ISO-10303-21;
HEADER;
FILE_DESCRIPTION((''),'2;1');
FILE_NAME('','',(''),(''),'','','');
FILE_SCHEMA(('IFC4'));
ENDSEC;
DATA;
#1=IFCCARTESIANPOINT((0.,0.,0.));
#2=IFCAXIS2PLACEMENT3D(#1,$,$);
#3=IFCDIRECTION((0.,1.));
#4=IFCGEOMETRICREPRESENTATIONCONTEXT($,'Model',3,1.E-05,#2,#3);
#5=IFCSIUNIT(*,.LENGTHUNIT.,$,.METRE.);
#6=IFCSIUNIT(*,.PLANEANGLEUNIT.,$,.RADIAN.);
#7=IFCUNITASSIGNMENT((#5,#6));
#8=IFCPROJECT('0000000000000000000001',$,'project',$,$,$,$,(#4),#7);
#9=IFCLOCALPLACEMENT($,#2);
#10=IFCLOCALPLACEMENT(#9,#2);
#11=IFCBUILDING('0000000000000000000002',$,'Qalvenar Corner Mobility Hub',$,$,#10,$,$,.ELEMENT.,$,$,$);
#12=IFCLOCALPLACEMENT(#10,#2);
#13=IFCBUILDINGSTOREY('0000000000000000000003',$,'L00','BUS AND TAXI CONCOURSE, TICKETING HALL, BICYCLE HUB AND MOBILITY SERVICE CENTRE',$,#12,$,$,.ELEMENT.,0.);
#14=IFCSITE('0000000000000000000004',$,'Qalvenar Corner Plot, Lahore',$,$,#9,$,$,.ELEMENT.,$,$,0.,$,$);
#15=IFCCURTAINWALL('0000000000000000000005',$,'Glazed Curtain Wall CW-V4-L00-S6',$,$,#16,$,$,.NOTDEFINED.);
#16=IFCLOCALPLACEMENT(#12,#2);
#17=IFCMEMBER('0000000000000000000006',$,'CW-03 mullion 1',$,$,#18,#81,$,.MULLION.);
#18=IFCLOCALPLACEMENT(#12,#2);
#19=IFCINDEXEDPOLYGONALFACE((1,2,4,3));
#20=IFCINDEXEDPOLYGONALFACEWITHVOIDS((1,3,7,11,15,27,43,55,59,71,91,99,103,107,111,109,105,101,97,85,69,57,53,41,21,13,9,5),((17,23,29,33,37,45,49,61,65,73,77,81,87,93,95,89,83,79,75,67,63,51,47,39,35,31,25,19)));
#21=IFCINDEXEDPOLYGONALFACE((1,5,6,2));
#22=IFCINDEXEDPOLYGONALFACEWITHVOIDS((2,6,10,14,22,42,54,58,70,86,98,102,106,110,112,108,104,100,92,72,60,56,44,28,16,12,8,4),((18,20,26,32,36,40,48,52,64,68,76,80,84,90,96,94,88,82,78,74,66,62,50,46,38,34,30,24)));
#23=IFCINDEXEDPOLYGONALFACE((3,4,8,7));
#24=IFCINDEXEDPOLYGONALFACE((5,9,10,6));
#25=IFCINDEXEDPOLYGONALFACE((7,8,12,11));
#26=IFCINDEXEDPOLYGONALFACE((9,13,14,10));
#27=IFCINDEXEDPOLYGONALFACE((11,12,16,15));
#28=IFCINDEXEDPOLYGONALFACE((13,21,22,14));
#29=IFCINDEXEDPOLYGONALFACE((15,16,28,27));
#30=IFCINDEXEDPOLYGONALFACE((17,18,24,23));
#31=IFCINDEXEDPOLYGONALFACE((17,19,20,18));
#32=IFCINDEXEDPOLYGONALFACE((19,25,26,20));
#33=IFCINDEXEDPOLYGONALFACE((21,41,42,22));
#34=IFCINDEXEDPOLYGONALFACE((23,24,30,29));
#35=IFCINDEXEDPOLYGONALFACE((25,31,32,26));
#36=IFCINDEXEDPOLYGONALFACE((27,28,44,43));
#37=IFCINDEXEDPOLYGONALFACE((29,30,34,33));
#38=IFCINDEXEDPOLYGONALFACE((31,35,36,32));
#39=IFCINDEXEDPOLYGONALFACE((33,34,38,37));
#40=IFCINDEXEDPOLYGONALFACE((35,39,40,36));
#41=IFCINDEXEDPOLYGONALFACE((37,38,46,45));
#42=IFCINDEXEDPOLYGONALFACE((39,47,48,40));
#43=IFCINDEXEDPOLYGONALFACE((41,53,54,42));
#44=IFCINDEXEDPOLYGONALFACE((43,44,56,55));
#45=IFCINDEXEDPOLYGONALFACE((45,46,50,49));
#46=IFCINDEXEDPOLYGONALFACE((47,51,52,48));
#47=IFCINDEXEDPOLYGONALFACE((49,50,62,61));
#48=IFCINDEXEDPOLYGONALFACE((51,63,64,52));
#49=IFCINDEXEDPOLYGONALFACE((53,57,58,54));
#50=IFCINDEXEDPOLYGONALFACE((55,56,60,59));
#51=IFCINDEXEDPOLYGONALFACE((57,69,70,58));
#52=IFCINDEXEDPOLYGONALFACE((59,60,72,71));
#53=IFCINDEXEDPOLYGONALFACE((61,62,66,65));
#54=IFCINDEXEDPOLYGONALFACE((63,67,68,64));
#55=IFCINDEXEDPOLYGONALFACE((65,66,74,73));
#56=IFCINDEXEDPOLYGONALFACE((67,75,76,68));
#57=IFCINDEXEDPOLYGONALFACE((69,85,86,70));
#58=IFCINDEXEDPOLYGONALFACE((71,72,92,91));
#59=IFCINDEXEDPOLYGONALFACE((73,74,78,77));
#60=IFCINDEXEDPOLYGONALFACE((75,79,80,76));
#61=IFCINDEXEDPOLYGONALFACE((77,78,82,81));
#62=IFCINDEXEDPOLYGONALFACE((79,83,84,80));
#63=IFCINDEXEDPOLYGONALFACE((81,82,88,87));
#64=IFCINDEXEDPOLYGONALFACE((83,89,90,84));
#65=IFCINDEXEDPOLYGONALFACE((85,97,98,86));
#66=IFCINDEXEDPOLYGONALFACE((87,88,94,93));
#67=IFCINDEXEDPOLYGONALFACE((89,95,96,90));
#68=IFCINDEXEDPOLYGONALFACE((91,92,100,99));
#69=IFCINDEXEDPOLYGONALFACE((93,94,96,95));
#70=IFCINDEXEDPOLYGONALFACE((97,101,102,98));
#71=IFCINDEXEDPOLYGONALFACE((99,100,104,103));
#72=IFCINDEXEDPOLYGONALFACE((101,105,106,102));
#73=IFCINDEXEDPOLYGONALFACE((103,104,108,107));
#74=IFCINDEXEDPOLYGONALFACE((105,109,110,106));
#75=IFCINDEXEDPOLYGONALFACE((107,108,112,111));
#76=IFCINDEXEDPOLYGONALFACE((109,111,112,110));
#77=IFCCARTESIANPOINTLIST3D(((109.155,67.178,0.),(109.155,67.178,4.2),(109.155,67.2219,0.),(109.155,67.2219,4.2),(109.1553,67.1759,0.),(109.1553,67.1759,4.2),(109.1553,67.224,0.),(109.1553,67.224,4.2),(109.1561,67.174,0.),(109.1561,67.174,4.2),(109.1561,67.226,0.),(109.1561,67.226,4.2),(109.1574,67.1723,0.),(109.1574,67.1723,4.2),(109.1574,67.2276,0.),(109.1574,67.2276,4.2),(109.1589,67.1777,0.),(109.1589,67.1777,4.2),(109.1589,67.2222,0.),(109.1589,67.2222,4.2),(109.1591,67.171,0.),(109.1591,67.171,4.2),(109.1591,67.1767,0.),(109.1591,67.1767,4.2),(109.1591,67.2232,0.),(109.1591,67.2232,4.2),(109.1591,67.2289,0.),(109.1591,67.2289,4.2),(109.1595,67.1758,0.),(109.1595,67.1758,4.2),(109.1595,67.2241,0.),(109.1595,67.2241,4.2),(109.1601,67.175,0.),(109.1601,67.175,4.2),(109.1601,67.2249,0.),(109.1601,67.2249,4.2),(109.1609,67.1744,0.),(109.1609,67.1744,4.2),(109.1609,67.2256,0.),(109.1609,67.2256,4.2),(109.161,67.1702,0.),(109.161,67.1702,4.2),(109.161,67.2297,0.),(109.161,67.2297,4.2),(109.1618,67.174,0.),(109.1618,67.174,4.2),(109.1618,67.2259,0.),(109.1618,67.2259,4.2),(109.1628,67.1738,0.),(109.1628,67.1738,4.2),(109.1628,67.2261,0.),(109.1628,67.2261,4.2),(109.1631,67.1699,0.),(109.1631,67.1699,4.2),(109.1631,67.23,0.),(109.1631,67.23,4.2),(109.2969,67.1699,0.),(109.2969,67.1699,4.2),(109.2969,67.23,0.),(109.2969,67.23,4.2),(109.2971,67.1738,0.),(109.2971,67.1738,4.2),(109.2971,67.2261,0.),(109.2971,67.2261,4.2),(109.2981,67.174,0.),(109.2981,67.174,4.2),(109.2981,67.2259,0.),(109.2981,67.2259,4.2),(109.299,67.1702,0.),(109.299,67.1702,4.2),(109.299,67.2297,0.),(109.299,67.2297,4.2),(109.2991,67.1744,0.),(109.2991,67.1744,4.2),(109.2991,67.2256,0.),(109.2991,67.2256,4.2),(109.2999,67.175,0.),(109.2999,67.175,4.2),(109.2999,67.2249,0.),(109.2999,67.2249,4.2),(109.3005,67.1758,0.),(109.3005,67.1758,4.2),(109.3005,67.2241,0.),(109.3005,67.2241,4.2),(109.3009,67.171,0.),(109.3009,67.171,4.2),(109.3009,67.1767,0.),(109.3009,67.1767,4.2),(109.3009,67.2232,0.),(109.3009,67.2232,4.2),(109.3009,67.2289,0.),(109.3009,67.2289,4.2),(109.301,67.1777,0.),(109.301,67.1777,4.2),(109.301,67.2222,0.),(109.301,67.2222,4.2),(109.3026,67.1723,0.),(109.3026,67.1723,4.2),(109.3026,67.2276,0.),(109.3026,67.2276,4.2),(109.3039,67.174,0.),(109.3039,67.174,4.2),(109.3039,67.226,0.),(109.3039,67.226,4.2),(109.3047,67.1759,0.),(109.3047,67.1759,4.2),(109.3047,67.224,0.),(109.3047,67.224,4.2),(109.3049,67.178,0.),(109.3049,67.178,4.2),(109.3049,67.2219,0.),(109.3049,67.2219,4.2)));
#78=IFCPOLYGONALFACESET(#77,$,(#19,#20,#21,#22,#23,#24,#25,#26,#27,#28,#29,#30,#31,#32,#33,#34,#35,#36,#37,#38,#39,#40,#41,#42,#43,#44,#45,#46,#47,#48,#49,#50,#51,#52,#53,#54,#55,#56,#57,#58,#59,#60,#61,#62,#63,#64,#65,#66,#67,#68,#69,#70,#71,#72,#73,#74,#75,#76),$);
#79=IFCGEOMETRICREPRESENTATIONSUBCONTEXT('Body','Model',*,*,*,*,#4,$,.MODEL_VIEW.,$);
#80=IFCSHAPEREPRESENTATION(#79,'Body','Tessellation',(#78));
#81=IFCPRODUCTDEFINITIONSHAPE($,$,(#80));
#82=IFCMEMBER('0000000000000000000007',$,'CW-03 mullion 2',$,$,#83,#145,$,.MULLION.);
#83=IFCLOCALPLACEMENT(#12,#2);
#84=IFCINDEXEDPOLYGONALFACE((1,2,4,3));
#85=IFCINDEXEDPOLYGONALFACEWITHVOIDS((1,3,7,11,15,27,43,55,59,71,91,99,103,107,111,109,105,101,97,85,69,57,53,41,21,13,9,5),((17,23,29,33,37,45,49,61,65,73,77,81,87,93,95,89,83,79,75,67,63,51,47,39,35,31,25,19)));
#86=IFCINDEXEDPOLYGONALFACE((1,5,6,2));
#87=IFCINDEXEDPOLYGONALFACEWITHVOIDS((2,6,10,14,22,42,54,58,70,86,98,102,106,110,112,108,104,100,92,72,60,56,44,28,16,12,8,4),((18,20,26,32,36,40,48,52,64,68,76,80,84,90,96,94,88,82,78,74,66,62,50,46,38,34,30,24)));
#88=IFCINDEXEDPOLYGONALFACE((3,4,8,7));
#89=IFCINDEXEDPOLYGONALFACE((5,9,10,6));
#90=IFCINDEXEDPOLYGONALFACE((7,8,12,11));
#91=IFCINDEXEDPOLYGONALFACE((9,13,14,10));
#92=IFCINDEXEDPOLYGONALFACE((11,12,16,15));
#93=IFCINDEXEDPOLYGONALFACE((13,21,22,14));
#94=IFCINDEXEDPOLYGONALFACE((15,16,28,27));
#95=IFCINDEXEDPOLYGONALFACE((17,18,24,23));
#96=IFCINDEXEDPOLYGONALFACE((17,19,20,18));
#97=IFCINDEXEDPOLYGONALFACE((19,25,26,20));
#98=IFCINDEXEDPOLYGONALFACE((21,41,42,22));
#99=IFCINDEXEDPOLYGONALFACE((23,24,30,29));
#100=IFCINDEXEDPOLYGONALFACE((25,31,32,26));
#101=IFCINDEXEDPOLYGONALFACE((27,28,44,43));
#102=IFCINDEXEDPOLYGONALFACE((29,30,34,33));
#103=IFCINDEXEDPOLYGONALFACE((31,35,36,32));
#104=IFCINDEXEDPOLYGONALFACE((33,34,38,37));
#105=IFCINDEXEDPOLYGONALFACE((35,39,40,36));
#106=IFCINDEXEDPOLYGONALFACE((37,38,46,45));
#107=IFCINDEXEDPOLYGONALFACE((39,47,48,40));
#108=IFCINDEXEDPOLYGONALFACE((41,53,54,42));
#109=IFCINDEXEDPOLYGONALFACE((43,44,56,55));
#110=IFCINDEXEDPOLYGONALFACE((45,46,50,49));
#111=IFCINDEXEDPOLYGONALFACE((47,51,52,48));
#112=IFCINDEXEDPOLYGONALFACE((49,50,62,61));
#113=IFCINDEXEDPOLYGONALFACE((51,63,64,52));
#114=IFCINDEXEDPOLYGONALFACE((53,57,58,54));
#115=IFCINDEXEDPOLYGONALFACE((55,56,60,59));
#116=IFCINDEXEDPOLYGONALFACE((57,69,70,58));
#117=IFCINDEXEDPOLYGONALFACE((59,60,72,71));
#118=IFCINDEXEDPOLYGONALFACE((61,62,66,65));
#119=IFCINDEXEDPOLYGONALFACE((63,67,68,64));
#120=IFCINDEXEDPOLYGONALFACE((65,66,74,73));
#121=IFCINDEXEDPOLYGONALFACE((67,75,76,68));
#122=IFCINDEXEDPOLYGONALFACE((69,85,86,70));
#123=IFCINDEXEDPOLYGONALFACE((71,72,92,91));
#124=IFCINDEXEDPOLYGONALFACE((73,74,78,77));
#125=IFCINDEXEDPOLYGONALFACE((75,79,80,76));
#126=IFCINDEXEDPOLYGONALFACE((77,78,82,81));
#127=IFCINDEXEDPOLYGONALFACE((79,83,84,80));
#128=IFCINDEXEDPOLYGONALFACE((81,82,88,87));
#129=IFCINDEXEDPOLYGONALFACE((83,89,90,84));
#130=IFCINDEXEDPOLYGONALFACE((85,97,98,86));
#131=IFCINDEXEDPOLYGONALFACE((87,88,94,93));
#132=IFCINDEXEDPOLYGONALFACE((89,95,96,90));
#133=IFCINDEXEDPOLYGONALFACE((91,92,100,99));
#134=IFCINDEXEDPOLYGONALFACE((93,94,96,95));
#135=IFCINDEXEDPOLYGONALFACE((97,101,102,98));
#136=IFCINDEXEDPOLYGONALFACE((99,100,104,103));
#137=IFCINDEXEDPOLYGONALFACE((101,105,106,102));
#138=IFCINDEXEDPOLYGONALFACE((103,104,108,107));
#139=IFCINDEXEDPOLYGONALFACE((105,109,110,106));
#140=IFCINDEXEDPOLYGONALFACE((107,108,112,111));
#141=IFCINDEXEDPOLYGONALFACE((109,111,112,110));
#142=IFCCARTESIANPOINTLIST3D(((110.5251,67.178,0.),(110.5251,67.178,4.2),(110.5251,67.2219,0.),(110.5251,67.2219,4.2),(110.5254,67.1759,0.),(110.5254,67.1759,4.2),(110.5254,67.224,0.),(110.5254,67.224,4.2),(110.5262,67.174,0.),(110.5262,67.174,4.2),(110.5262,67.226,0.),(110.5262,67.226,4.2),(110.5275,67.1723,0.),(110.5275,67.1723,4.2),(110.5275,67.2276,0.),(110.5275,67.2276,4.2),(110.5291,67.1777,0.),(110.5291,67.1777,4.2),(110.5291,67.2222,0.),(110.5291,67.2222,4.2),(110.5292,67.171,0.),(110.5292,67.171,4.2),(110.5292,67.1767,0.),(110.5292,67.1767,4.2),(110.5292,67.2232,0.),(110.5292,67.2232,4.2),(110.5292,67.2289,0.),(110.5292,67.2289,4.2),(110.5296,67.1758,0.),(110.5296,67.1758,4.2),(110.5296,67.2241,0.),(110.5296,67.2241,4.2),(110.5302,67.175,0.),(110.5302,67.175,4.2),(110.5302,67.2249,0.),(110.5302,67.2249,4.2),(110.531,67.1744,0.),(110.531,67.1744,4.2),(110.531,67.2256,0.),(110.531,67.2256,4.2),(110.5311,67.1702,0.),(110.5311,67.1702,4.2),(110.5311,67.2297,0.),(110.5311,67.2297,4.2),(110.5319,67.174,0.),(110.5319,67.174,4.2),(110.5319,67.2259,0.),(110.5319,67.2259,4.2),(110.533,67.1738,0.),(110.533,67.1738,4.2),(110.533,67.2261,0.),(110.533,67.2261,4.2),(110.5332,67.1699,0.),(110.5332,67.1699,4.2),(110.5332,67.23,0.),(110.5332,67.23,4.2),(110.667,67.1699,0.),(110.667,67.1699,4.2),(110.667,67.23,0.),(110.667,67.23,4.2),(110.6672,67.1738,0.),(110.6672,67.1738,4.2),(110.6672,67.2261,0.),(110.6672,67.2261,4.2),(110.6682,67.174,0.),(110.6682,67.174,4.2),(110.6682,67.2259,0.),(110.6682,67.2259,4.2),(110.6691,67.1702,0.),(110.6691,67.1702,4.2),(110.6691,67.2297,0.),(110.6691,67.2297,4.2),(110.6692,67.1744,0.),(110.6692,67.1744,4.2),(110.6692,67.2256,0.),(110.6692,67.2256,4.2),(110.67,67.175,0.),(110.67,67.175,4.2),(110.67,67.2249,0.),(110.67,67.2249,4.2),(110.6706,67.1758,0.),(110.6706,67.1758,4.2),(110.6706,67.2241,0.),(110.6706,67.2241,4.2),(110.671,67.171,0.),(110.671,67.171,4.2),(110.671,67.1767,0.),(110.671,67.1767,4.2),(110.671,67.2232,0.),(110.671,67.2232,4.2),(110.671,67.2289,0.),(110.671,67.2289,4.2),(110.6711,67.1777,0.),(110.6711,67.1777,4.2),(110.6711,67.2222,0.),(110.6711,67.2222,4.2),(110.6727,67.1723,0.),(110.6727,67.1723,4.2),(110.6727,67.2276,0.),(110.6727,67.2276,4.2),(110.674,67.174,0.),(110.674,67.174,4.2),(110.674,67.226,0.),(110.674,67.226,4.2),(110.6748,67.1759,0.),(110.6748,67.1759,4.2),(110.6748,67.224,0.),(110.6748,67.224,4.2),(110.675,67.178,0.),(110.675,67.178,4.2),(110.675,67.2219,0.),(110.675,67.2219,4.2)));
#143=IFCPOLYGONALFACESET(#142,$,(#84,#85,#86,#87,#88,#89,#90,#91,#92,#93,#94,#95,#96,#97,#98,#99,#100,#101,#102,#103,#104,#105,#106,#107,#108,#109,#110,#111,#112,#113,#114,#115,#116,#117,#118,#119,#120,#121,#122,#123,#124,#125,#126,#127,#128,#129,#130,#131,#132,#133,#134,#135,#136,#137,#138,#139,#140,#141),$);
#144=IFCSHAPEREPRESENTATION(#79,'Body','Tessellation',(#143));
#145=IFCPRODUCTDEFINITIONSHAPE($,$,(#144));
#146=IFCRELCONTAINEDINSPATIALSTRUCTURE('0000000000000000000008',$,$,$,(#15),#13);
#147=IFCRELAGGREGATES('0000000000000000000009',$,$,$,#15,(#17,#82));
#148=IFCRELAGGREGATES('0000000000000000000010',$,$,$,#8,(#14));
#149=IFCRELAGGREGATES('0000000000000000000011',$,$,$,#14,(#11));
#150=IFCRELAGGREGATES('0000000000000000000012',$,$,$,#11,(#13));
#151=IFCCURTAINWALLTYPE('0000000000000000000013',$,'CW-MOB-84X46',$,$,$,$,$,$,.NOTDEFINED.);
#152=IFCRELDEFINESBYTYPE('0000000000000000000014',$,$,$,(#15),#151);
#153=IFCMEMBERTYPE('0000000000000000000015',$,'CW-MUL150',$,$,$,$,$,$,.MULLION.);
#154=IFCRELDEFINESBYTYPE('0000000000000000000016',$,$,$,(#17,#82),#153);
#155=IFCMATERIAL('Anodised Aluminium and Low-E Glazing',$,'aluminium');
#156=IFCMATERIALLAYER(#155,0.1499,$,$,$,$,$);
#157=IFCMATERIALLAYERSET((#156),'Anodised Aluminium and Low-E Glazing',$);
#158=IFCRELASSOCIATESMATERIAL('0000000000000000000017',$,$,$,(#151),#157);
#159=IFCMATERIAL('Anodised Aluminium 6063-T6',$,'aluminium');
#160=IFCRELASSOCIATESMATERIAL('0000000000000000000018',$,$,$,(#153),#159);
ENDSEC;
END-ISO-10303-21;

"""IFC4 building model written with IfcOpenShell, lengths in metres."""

from ifc_helpers import new_model, si_unit, direction, frame, origin, origin_2d, place, context, subcontext, project, spatial, hollow_rectangle, extrude, material, layer, layer_set, material_profile, profile_set, type_object, element, aggregate, save


model = new_model("IFC4")

# Units and contexts
model_context = context("Model", 3, precision=1e-05, world=origin(), true_north=direction((0.0, 1.0)))
body_context = subcontext(model_context, "Body", "Model", "MODEL_VIEW")
ifc_project = project(units=[si_unit("LENGTHUNIT", "METRE"), si_unit("PLANEANGLEUNIT", "RADIAN")], contexts=[model_context])

# Site, building, storey
site_placement = place(None, origin())
site = spatial("IfcSite", under=ifc_project, at=site_placement, Name="Qalvenar Corner Plot, Lahore", CompositionType="ELEMENT", RefElevation=0.0)
building_placement = place(site_placement, origin())
building = spatial("IfcBuilding", under=site, at=building_placement, Name="Qalvenar Corner Mobility Hub", CompositionType="ELEMENT")
storey_placement = place(building_placement, origin())
storey = spatial("IfcBuildingStorey", under=building, at=storey_placement, Name="L00", Description="BUS AND TAXI CONCOURSE, TICKETING HALL, BICYCLE HUB AND MOBILITY SERVICE CENTRE", CompositionType="ELEMENT", Elevation=0.0)

# Curtain wall, members
ifc_material_1 = material(Name="Anodised Aluminium and Low-E Glazing", Category="aluminium")
ifc_layer_1 = layer(ifc_material_1, 0.1499)
ifc_layer_set_1 = layer_set([ifc_layer_1], Name="Anodised Aluminium and Low-E Glazing")
curtain_wall_type = type_object("IfcCurtainWallType", Name="CW-MOB-84X46", PredefinedType="NOTDEFINED", material=ifc_layer_set_1)
ifc_material_2 = material(Name="Anodised Aluminium 6063-T6", Category="aluminium")
ifc_material_profile_1 = material_profile(ifc_material_2, hollow_rectangle(XDim=0.0601, YDim=0.1499, WallThickness=0.0039, InnerFilletRadius=0.0039, OuterFilletRadius=0.0081, at=origin_2d()), Name="RHS150x60x4")
ifc_profile_set_1 = profile_set([ifc_material_profile_1], Name="Anodised Aluminium 6063-T6")
member_type_1 = type_object("IfcMemberType", Name="CW-MUL150", PredefinedType="MULLION", material=ifc_profile_set_1)
curtain_wall_1_placement = place(storey_placement, origin())
curtain_wall_1 = element("IfcCurtainWall", 1, at=curtain_wall_1_placement, inside=storey, type_object=curtain_wall_type, Name="Glazed Curtain Wall CW-V4-L00-S6", PredefinedType="NOTDEFINED")
member_1_placement = place(storey_placement, frame((109.23, 67.2, 0.0), z_axis=(0.0, 0.0, 1.0), x_axis=(0.0, 1.0, 0.0)))
member_1 = element("IfcMember", 2, at=member_1_placement, type_object=member_type_1, Name="CW-03 mullion 1", PredefinedType="MULLION", context=body_context, shape_type="SweptSolid", body=[
    extrude(hollow_rectangle(XDim=0.0601, YDim=0.1499, WallThickness=0.0039, InnerFilletRadius=0.0039, OuterFilletRadius=0.0081, at=origin_2d()), origin(), (0.0, 0.0, 1.0), 4.2),
])
member_2_placement = place(storey_placement, frame((110.6001, 67.2, 0.0), z_axis=(0.0, 0.0, 1.0), x_axis=(0.0, 1.0, 0.0)))
member_2 = element("IfcMember", 3, at=member_2_placement, type_object=member_type_1, Name="CW-03 mullion 2", PredefinedType="MULLION", context=body_context, shape_type="SweptSolid", body=[
    extrude(hollow_rectangle(XDim=0.0601, YDim=0.1499, WallThickness=0.0039, InnerFilletRadius=0.0039, OuterFilletRadius=0.0081, at=origin_2d()), origin(), (0.0, 0.0, 1.0), 4.2),
])

aggregate(curtain_wall_1, [member_1, member_2])

save(model, "model.ifc")
